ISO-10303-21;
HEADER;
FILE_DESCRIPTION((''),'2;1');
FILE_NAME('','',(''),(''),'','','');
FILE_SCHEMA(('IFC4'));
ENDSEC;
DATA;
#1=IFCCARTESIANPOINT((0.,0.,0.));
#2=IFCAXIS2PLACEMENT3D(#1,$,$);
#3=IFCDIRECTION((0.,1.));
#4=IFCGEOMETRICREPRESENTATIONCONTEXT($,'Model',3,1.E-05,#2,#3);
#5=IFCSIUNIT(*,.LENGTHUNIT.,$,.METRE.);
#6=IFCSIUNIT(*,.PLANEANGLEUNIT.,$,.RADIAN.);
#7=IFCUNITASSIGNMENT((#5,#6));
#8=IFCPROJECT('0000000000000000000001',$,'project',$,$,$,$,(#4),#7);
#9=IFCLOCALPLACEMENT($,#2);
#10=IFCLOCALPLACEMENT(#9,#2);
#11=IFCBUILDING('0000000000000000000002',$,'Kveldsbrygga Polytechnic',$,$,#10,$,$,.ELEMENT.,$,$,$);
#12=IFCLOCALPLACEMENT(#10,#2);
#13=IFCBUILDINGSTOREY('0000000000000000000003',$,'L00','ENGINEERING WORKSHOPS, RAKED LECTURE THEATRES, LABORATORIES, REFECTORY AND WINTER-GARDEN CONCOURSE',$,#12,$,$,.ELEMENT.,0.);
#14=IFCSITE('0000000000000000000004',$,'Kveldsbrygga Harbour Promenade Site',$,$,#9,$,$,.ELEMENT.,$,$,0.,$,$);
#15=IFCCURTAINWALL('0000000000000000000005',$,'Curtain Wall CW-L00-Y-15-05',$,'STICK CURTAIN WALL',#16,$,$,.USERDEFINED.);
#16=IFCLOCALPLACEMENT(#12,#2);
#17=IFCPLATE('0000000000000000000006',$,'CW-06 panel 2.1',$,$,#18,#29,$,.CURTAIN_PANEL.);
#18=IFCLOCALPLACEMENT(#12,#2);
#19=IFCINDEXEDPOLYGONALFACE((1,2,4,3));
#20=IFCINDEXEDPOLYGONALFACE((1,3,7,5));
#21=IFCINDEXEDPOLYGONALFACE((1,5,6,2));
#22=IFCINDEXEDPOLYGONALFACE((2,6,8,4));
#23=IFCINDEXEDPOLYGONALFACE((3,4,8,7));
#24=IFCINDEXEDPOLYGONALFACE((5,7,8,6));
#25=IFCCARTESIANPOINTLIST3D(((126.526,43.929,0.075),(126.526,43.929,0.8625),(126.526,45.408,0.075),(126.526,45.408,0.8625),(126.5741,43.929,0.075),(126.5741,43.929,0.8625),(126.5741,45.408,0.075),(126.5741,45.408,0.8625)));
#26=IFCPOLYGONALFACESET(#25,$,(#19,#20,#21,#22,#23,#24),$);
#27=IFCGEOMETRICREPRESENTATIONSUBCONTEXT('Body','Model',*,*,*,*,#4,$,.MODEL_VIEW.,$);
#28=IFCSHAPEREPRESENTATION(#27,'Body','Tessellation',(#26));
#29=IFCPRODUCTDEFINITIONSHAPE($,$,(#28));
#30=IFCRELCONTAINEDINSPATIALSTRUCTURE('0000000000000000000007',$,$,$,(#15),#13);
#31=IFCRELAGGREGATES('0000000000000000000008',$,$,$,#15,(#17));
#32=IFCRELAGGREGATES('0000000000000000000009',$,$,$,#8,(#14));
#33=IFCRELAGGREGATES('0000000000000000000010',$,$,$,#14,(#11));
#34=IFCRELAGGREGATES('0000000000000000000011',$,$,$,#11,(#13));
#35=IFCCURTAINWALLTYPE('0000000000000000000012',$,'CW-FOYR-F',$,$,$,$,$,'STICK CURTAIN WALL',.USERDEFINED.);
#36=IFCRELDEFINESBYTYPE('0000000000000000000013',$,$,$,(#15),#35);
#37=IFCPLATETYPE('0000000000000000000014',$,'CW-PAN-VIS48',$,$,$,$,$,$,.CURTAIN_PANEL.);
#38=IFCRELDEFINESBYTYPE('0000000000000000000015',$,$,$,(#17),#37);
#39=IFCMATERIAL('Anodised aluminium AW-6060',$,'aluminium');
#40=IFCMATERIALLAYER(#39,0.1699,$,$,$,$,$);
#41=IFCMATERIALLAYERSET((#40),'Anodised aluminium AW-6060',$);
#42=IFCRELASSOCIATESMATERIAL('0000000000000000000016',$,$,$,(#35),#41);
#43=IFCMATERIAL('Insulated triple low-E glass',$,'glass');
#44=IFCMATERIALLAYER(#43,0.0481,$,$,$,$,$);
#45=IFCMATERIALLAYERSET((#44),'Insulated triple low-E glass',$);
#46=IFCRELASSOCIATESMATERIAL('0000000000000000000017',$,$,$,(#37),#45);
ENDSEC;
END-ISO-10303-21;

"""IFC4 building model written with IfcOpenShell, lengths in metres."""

from ifc_helpers import new_model, si_unit, direction, frame, origin, origin_2d, place, context, subcontext, project, spatial, rectangle, extrude, material, layer, layer_set, type_object, element, aggregate, save


model = new_model("IFC4")

# Units and contexts
model_context = context("Model", 3, precision=1e-05, world=origin(), true_north=direction((0.0, 1.0)))
body_context = subcontext(model_context, "Body", "Model", "MODEL_VIEW")
ifc_project = project(units=[si_unit("LENGTHUNIT", "METRE"), si_unit("PLANEANGLEUNIT", "RADIAN")], contexts=[model_context])

# Site, building, storey
site_placement = place(None, origin())
site = spatial("IfcSite", under=ifc_project, at=site_placement, Name="Kveldsbrygga Harbour Promenade Site", CompositionType="ELEMENT", RefElevation=0.0)
building_placement = place(site_placement, origin())
building = spatial("IfcBuilding", under=site, at=building_placement, Name="Kveldsbrygga Polytechnic", CompositionType="ELEMENT")
storey_placement = place(building_placement, origin())
storey = spatial("IfcBuildingStorey", under=building, at=storey_placement, Name="L00", Description="ENGINEERING WORKSHOPS, RAKED LECTURE THEATRES, LABORATORIES, REFECTORY AND WINTER-GARDEN CONCOURSE", CompositionType="ELEMENT", Elevation=0.0)

# Shared definitions
ifc_material_1 = material(Name="Anodised aluminium AW-6060", Category="aluminium")

# Curtain wall
ifc_layer_1 = layer(ifc_material_1, 0.1699)
ifc_layer_set_1 = layer_set([ifc_layer_1], Name="Anodised aluminium AW-6060")
curtain_wall_type_1 = type_object("IfcCurtainWallType", Name="CW-FOYR-F", ElementType="STICK CURTAIN WALL", PredefinedType="USERDEFINED", material=ifc_layer_set_1)
curtain_wall_1_placement = place(storey_placement, origin())
curtain_wall_1 = element("IfcCurtainWall", 1, at=curtain_wall_1_placement, inside=storey, type_object=curtain_wall_type_1, Name="Curtain Wall CW-L00-Y-15-05", ObjectType="STICK CURTAIN WALL", PredefinedType="USERDEFINED")

# Plate
ifc_material_2 = material(Name="Insulated triple low-E glass", Category="glass")
ifc_layer_2 = layer(ifc_material_2, 0.0481)
ifc_layer_set_2 = layer_set([ifc_layer_2], Name="Insulated triple low-E glass")
plate_type_1 = type_object("IfcPlateType", Name="CW-PAN-VIS48", PredefinedType="CURTAIN_PANEL", material=ifc_layer_set_2)
plate_1_placement = place(storey_placement, frame((126.55, 44.6685, 0.075), z_axis=(0.0, 0.0, 1.0), x_axis=(0.0, 1.0, 0.0)))
plate_1 = element("IfcPlate", 2, at=plate_1_placement, type_object=plate_type_1, Name="CW-06 panel 2.1", PredefinedType="CURTAIN_PANEL", context=body_context, shape_type="SweptSolid", body=[
    extrude(rectangle(XDim=1.479, YDim=0.0481, at=origin_2d()), origin(), (0.0, 0.0, 1.0), 0.7876),
])
aggregate(curtain_wall_1, [plate_1])

save(model, "model.ifc")
